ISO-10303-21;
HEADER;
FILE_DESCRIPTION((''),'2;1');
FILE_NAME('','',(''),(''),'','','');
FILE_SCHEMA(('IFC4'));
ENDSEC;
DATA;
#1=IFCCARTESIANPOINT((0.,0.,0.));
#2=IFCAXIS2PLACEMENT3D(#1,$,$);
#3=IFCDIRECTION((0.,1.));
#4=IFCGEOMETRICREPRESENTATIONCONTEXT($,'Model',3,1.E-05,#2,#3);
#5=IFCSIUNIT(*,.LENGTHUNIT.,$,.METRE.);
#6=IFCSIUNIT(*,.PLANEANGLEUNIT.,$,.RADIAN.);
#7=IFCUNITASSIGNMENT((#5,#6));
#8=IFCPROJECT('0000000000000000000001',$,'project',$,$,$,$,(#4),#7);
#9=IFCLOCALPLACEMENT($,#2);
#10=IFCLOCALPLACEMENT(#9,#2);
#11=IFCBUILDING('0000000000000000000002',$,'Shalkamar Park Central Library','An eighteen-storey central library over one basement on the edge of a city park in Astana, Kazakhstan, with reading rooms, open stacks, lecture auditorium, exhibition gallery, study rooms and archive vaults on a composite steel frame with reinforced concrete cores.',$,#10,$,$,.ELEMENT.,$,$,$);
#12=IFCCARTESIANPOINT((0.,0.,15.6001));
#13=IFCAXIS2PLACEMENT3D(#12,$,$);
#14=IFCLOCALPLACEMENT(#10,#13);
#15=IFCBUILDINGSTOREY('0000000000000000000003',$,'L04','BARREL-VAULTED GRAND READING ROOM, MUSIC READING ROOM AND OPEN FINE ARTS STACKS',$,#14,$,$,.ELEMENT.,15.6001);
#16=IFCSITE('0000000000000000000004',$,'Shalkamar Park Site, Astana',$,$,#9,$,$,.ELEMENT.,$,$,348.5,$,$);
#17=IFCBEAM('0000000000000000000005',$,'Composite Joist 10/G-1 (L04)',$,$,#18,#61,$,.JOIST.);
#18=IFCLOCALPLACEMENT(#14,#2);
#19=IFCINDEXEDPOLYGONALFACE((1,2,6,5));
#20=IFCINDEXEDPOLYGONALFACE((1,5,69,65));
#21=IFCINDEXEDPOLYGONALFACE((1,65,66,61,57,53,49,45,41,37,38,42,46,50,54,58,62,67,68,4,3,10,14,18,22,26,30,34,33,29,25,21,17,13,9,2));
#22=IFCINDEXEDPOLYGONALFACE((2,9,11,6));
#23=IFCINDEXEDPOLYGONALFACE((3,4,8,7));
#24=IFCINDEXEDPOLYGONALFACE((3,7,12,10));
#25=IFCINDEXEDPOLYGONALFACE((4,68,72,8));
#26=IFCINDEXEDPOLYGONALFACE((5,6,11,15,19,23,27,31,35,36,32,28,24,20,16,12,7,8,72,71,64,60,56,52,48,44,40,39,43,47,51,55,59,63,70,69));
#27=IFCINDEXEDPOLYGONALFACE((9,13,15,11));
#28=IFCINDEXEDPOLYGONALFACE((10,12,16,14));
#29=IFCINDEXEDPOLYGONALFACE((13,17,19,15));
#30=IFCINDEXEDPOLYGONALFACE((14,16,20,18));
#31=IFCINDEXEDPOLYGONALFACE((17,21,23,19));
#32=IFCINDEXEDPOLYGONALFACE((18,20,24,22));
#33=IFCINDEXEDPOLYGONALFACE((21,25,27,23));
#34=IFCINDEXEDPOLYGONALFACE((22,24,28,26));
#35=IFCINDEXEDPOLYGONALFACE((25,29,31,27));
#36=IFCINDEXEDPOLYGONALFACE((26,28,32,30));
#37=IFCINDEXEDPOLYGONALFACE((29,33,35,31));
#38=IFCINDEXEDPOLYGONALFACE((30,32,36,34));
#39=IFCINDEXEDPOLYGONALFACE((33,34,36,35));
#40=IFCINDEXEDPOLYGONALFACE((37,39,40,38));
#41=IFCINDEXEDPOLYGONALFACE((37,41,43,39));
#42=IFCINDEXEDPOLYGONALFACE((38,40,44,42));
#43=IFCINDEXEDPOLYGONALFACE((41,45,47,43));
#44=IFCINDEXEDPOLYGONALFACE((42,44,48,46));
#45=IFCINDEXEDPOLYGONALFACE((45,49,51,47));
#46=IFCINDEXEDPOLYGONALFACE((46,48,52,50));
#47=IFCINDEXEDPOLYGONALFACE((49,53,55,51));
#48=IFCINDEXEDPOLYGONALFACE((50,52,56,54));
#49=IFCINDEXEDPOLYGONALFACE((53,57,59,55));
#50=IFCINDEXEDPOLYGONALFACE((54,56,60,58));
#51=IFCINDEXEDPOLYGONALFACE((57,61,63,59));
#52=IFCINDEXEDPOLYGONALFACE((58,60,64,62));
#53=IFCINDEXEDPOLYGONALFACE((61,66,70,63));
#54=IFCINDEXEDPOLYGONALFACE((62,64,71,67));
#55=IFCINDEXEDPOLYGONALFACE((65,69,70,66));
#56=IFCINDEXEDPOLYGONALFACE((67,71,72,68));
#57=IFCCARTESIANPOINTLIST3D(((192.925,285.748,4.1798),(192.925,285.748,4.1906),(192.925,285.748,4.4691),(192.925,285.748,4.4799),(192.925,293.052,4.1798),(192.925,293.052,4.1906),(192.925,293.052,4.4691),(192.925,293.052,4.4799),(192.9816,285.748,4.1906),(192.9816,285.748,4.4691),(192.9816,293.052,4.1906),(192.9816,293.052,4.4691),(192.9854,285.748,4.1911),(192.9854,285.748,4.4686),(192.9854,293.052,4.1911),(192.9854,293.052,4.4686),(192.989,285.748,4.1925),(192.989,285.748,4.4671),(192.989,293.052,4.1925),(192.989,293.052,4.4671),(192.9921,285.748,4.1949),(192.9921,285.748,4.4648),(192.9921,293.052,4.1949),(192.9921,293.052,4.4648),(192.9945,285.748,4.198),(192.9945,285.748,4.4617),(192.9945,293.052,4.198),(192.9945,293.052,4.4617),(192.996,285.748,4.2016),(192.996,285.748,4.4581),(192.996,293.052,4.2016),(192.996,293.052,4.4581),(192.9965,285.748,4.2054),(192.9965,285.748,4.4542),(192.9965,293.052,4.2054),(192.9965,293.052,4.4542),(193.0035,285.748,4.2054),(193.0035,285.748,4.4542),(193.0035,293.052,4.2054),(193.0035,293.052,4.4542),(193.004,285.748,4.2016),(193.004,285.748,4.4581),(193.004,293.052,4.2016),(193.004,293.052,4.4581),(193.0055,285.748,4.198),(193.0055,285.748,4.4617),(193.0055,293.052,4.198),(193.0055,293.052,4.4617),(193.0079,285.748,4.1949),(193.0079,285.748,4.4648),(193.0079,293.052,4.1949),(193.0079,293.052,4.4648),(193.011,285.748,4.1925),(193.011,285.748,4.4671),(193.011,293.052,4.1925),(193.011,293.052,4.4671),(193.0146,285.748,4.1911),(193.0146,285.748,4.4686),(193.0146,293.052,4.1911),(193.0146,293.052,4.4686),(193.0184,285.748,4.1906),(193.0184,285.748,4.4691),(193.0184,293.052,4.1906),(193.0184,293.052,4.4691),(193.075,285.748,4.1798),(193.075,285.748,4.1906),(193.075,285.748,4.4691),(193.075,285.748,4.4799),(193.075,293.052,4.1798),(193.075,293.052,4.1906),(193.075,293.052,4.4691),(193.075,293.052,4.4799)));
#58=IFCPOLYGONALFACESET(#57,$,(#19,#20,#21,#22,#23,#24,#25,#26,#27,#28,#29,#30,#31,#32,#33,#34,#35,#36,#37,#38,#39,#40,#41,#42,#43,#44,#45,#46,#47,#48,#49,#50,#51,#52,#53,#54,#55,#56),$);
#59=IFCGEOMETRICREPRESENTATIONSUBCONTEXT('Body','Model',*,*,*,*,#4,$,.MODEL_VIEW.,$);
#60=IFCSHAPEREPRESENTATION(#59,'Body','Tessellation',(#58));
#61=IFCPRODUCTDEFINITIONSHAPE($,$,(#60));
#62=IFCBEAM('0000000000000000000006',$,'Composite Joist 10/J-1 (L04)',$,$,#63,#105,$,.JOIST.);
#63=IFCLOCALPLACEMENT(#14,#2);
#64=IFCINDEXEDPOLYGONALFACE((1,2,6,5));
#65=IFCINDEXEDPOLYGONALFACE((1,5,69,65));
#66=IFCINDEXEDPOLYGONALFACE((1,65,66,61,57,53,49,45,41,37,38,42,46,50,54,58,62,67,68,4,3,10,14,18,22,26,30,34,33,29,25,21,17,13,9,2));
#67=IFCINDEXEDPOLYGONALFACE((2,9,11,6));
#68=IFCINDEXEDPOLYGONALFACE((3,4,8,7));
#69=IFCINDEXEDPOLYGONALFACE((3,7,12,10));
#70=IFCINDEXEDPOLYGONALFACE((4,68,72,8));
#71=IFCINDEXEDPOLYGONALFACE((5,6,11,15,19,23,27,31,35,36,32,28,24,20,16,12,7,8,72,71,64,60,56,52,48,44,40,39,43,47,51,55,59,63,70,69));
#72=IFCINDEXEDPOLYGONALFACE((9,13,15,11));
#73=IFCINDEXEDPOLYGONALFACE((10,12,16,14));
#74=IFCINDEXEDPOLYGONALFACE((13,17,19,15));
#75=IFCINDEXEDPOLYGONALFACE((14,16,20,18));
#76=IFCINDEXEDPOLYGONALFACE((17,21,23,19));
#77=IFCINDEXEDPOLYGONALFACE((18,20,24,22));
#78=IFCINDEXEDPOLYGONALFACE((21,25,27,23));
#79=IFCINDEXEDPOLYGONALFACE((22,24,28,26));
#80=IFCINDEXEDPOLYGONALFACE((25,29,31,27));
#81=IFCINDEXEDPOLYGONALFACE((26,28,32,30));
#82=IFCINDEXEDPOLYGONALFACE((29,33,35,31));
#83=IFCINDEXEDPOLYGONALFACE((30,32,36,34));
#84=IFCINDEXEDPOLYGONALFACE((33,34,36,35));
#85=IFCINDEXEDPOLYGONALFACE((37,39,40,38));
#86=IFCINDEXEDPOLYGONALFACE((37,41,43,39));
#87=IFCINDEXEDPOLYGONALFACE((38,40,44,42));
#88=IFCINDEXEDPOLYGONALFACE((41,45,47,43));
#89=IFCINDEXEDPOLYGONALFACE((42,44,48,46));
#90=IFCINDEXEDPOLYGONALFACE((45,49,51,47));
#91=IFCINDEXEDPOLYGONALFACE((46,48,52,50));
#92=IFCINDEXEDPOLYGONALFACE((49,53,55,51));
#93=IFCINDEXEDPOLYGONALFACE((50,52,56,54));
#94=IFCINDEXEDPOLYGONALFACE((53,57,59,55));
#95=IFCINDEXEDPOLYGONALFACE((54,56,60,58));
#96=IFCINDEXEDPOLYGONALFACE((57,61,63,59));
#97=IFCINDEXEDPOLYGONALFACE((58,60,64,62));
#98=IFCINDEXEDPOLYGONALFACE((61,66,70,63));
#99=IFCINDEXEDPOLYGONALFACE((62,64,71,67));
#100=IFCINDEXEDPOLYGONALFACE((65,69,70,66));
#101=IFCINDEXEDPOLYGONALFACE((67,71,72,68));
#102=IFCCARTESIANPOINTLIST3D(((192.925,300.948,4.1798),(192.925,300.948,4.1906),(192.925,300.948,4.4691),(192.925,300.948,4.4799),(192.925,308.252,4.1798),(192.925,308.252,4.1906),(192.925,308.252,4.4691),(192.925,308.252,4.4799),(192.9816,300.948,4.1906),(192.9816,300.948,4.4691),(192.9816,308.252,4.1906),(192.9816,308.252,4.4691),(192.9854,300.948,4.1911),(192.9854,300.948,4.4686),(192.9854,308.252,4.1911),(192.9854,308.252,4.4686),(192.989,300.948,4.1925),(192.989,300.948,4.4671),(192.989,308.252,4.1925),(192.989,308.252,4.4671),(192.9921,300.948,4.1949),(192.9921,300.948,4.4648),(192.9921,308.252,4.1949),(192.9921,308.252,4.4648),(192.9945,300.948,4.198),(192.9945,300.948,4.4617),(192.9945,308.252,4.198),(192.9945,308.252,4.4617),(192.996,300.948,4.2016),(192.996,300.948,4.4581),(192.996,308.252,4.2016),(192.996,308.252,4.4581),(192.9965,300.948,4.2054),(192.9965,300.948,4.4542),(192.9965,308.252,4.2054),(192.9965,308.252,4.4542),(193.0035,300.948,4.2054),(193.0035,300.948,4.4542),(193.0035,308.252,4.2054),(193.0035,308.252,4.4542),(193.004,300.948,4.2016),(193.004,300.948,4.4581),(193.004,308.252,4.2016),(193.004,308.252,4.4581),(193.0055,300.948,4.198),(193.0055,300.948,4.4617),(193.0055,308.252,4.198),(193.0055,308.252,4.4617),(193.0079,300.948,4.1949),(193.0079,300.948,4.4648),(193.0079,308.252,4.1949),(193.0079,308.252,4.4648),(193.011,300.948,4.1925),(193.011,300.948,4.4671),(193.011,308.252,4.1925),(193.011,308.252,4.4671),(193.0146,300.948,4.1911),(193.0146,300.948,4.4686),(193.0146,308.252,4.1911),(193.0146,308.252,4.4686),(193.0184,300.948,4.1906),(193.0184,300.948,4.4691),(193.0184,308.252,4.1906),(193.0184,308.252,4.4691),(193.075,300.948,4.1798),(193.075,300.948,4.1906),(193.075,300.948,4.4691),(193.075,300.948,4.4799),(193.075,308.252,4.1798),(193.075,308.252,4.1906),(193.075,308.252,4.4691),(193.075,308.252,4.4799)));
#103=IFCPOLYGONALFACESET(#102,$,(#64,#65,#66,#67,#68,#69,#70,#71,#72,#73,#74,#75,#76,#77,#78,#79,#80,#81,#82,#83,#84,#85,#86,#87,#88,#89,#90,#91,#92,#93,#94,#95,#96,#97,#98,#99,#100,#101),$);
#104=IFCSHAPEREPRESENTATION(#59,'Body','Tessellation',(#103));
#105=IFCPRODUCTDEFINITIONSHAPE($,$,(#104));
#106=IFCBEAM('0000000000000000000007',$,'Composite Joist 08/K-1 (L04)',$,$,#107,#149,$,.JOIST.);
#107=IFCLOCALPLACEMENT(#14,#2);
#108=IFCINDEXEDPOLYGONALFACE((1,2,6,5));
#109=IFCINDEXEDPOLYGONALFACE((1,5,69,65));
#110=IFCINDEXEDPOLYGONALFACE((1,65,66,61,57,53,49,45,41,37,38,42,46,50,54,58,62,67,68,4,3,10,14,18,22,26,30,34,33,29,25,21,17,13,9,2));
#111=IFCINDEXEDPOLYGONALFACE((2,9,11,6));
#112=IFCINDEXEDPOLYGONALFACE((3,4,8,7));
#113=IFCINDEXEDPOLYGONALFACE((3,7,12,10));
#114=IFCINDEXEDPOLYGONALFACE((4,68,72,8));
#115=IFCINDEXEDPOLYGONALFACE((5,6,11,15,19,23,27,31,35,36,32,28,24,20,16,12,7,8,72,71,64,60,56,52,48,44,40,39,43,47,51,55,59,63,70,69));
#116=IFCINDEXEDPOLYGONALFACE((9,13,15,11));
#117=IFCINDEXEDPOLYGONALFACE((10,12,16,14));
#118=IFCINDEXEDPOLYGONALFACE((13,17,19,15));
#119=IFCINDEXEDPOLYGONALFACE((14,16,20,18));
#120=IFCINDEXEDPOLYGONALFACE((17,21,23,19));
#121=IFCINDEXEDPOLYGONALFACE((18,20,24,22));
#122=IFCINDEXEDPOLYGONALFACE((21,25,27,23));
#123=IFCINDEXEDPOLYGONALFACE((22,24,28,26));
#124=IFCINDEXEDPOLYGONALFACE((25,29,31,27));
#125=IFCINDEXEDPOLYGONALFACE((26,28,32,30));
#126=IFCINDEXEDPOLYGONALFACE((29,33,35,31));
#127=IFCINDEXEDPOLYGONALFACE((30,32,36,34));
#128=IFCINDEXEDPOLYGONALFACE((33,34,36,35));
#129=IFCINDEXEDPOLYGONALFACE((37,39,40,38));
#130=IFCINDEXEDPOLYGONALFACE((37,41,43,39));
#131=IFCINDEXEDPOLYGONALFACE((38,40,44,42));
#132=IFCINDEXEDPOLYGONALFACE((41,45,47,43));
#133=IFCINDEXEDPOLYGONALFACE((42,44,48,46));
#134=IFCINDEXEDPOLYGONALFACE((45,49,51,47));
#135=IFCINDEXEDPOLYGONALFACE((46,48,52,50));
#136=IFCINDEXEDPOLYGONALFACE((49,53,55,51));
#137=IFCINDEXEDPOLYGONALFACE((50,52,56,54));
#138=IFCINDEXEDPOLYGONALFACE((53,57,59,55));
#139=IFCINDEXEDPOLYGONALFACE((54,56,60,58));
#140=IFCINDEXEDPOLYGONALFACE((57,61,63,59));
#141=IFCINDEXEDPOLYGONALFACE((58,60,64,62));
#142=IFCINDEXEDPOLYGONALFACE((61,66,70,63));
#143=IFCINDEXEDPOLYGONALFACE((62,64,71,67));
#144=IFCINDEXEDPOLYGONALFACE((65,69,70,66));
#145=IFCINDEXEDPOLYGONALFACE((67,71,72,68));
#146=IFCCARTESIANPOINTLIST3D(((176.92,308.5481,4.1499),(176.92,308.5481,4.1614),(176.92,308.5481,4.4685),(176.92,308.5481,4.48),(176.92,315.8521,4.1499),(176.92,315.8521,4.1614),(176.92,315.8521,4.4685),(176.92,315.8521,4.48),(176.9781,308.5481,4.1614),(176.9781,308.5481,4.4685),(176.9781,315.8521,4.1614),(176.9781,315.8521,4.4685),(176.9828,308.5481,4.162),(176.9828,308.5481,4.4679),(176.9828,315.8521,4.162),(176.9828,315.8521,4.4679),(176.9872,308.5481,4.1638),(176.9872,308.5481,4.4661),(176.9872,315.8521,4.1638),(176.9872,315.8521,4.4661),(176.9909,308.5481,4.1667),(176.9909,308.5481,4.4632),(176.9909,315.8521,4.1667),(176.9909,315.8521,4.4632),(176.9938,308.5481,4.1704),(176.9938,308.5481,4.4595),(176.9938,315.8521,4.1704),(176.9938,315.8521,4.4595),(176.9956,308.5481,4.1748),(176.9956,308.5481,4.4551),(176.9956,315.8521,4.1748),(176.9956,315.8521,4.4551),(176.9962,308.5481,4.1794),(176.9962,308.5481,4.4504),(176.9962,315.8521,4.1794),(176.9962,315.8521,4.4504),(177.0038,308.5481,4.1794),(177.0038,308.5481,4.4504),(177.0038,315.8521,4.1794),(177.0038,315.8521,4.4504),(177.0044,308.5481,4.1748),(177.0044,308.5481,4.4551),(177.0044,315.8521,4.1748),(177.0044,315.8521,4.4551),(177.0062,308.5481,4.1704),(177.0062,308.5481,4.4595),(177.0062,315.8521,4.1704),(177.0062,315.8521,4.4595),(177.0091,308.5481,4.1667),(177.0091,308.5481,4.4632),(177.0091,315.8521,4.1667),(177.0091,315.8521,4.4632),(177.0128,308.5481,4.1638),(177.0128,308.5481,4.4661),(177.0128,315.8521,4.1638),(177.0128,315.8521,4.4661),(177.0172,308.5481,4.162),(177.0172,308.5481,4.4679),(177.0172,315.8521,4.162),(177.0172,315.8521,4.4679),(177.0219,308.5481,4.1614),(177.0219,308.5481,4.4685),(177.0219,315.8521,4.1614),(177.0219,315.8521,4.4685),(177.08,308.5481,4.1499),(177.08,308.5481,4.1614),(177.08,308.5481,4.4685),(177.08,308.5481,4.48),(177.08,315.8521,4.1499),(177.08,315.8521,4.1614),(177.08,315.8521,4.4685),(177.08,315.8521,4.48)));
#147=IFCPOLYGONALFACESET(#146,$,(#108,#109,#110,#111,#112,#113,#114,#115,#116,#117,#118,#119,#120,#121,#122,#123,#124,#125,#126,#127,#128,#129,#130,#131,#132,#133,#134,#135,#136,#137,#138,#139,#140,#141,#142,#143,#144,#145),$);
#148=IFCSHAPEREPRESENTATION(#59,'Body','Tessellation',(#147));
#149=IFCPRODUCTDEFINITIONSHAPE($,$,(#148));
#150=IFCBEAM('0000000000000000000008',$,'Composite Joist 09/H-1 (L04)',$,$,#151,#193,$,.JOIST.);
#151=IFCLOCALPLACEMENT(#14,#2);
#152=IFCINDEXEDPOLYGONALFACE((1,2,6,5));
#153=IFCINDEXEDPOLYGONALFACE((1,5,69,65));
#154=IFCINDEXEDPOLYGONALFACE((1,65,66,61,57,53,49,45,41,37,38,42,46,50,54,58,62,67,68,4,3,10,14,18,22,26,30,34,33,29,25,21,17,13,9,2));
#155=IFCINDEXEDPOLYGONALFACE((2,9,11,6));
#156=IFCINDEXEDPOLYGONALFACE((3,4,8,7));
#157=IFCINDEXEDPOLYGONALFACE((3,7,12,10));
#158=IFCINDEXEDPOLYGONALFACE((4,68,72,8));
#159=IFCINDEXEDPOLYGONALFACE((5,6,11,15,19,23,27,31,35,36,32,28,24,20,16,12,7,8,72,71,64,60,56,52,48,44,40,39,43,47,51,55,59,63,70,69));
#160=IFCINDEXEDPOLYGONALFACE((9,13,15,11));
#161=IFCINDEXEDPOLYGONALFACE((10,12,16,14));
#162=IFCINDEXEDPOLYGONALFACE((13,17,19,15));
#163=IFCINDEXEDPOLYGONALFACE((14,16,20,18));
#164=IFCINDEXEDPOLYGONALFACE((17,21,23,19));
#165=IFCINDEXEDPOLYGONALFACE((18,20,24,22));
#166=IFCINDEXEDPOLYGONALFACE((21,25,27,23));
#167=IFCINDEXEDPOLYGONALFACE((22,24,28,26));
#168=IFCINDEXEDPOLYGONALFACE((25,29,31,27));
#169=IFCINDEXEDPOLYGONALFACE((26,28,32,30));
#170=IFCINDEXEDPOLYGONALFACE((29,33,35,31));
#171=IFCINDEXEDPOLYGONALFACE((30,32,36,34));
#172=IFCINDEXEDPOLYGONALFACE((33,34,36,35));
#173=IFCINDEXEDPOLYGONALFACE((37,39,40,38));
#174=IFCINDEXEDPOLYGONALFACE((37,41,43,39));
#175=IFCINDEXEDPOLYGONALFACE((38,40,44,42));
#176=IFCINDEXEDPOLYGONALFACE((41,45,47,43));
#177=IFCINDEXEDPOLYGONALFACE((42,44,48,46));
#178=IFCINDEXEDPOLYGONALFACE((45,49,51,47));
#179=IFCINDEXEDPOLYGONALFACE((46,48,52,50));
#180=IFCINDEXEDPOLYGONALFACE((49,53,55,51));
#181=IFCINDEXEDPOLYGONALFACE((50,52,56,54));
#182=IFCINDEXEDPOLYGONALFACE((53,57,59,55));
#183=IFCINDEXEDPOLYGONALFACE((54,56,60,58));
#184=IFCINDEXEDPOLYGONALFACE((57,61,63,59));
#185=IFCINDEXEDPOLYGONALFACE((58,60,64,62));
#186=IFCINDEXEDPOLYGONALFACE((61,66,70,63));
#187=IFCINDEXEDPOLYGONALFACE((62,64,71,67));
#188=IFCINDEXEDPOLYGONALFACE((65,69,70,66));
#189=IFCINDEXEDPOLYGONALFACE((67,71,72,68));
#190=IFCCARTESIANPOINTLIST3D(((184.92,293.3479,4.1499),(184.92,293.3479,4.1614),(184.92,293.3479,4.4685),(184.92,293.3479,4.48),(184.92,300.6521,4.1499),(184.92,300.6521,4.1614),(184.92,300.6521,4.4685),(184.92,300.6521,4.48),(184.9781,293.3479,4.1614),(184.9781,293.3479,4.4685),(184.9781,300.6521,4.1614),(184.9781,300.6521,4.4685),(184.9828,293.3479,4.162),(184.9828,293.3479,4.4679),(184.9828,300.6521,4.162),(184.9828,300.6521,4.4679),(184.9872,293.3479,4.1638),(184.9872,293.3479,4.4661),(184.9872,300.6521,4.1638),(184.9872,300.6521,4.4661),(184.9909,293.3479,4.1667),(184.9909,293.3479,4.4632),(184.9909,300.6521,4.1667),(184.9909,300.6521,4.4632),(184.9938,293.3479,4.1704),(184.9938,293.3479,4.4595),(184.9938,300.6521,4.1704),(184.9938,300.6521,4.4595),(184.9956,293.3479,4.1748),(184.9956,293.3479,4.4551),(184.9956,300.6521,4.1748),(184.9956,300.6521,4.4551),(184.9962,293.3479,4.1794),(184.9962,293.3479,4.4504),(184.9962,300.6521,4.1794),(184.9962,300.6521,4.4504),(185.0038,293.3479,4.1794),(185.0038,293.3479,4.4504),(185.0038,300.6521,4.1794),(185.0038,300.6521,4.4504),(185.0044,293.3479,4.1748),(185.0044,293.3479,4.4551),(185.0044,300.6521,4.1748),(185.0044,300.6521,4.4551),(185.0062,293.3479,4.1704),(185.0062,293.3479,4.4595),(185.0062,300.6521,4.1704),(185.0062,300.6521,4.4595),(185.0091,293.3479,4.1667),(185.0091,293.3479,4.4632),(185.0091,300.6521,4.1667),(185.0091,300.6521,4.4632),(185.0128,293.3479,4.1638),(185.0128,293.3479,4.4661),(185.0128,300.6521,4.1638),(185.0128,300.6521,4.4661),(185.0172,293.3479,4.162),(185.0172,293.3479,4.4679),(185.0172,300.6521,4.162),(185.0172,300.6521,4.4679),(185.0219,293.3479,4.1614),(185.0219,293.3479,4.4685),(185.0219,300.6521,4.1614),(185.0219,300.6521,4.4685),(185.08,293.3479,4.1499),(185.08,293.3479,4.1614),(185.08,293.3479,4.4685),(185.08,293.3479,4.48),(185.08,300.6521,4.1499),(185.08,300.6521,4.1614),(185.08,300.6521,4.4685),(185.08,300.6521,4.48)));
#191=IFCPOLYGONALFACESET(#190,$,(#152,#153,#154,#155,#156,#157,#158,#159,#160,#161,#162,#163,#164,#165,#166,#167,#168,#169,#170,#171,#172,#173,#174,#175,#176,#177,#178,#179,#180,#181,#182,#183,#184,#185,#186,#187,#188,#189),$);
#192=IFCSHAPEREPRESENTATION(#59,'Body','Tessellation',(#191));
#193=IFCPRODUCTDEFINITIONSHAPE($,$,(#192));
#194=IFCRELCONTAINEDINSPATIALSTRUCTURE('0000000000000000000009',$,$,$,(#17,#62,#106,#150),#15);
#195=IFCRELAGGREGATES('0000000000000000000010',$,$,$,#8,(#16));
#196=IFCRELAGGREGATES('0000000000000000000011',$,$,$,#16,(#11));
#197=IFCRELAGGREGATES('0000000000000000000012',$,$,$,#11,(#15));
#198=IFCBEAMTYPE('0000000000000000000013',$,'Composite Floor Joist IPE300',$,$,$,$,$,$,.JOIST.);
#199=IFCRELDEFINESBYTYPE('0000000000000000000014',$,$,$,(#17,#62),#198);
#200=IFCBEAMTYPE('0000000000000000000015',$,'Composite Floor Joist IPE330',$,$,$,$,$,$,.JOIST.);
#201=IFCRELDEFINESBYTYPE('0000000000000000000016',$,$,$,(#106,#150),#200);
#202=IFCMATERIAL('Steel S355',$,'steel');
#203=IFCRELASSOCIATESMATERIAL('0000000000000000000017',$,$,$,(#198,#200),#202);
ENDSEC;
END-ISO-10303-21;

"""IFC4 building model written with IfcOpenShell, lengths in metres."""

from ifc_helpers import new_model, si_unit, direction, frame, origin, origin_2d, place, context, subcontext, project, spatial, i_section, extrude, material, material_profile, profile_set, type_object, element, save


model = new_model("IFC4")

# Units and contexts
model_context = context("Model", 3, precision=1e-05, world=origin(), true_north=direction((0.0, 1.0)))
body_context = subcontext(model_context, "Body", "Model", "MODEL_VIEW")
ifc_project = project(units=[si_unit("LENGTHUNIT", "METRE"), si_unit("PLANEANGLEUNIT", "RADIAN")], contexts=[model_context])

# Site, building, storey
site_placement = place(None, origin())
site = spatial("IfcSite", under=ifc_project, at=site_placement, Name="Shalkamar Park Site, Astana", CompositionType="ELEMENT", RefElevation=348.5)
building_placement = place(site_placement, origin())
building = spatial("IfcBuilding", under=site, at=building_placement, Name="Shalkamar Park Central Library", Description="An eighteen-storey central library over one basement on the edge of a city park in Astana, Kazakhstan, with reading rooms, open stacks, lecture auditorium, exhibition gallery, study rooms and archive vaults on a composite steel frame with reinforced concrete cores.", CompositionType="ELEMENT")
storey_placement = place(building_placement, frame((0.0, 0.0, 15.6001)))
storey = spatial("IfcBuildingStorey", under=building, at=storey_placement, Name="L04", Description="BARREL-VAULTED GRAND READING ROOM, MUSIC READING ROOM AND OPEN FINE ARTS STACKS", CompositionType="ELEMENT", Elevation=15.6001)

# Shared definitions
ifc_material = material(Name="Steel S355", Category="steel")

# Beams
ifc_material_profile_1 = material_profile(ifc_material, i_section(OverallWidth=0.1499, OverallDepth=0.3, WebThickness=0.0071, FlangeThickness=0.0107, FilletRadius=0.0149, at=origin_2d()), Name="IPE 300")
ifc_profile_set_1 = profile_set([ifc_material_profile_1], Name="Steel S355")
beam_type_1 = type_object("IfcBeamType", Name="Composite Floor Joist IPE300", PredefinedType="JOIST", material=ifc_profile_set_1)
for number, where, z_axis, x_axis, name in (
    (1, (193.0, 285.748, 4.3298), (0.0, 1.0, 0.0), (-1.0, 0.0, 0.0), "Composite Joist 10/G-1 (L04)"),
    (2, (193.0, 300.948, 4.3298), (0.0, 1.0, 0.0), (-1.0, 0.0, 0.0), "Composite Joist 10/J-1 (L04)"),
):
    element("IfcBeam", number, at=place(storey_placement, frame(where, z_axis=z_axis, x_axis=x_axis)), inside=storey, type_object=beam_type_1, Name=name, PredefinedType="JOIST", context=body_context, shape_type="SweptSolid", body=[
        extrude(i_section(OverallWidth=0.1499, OverallDepth=0.3, WebThickness=0.0071, FlangeThickness=0.0107, FilletRadius=0.0149, at=origin_2d()), origin(), (0.0, 0.0, 1.0), 7.304),
    ])
ifc_material_profile_2 = material_profile(ifc_material, i_section(OverallWidth=0.1599, OverallDepth=0.3301, WebThickness=0.0076, FlangeThickness=0.0115, FilletRadius=0.0181, at=origin_2d()), Name="IPE 330")
ifc_profile_set_2 = profile_set([ifc_material_profile_2], Name="Steel S355")
beam_type_2 = type_object("IfcBeamType", Name="Composite Floor Joist IPE330", PredefinedType="JOIST", material=ifc_profile_set_2)
beam_1_placement = place(storey_placement, frame((177.0, 308.5481, 4.3149), z_axis=(0.0, 1.0, 0.0), x_axis=(-1.0, 0.0, 0.0)))
element("IfcBeam", 3, at=beam_1_placement, inside=storey, type_object=beam_type_2, Name="Composite Joist 08/K-1 (L04)", PredefinedType="JOIST", context=body_context, shape_type="SweptSolid", body=[
    extrude(i_section(OverallWidth=0.1599, OverallDepth=0.3301, WebThickness=0.0076, FlangeThickness=0.0115, FilletRadius=0.0181, at=origin_2d()), origin(), (0.0, 0.0, 1.0), 7.304),
])
for number, where, z_axis, x_axis, name in (
    (4, (185.0, 293.3479, 4.3149), (0.0, 1.0, 0.0), (-1.0, 0.0, 0.0), "Composite Joist 09/H-1 (L04)"),
):
    element("IfcBeam", number, at=place(storey_placement, frame(where, z_axis=z_axis, x_axis=x_axis)), inside=storey, type_object=beam_type_2, Name=name, PredefinedType="JOIST", context=body_context, shape_type="SweptSolid", body=[
        extrude(i_section(OverallWidth=0.1599, OverallDepth=0.3301, WebThickness=0.0076, FlangeThickness=0.0115, FilletRadius=0.0181, at=origin_2d()), origin(), (0.0, 0.0, 1.0), 7.3042),
    ])

save(model, "model.ifc")
